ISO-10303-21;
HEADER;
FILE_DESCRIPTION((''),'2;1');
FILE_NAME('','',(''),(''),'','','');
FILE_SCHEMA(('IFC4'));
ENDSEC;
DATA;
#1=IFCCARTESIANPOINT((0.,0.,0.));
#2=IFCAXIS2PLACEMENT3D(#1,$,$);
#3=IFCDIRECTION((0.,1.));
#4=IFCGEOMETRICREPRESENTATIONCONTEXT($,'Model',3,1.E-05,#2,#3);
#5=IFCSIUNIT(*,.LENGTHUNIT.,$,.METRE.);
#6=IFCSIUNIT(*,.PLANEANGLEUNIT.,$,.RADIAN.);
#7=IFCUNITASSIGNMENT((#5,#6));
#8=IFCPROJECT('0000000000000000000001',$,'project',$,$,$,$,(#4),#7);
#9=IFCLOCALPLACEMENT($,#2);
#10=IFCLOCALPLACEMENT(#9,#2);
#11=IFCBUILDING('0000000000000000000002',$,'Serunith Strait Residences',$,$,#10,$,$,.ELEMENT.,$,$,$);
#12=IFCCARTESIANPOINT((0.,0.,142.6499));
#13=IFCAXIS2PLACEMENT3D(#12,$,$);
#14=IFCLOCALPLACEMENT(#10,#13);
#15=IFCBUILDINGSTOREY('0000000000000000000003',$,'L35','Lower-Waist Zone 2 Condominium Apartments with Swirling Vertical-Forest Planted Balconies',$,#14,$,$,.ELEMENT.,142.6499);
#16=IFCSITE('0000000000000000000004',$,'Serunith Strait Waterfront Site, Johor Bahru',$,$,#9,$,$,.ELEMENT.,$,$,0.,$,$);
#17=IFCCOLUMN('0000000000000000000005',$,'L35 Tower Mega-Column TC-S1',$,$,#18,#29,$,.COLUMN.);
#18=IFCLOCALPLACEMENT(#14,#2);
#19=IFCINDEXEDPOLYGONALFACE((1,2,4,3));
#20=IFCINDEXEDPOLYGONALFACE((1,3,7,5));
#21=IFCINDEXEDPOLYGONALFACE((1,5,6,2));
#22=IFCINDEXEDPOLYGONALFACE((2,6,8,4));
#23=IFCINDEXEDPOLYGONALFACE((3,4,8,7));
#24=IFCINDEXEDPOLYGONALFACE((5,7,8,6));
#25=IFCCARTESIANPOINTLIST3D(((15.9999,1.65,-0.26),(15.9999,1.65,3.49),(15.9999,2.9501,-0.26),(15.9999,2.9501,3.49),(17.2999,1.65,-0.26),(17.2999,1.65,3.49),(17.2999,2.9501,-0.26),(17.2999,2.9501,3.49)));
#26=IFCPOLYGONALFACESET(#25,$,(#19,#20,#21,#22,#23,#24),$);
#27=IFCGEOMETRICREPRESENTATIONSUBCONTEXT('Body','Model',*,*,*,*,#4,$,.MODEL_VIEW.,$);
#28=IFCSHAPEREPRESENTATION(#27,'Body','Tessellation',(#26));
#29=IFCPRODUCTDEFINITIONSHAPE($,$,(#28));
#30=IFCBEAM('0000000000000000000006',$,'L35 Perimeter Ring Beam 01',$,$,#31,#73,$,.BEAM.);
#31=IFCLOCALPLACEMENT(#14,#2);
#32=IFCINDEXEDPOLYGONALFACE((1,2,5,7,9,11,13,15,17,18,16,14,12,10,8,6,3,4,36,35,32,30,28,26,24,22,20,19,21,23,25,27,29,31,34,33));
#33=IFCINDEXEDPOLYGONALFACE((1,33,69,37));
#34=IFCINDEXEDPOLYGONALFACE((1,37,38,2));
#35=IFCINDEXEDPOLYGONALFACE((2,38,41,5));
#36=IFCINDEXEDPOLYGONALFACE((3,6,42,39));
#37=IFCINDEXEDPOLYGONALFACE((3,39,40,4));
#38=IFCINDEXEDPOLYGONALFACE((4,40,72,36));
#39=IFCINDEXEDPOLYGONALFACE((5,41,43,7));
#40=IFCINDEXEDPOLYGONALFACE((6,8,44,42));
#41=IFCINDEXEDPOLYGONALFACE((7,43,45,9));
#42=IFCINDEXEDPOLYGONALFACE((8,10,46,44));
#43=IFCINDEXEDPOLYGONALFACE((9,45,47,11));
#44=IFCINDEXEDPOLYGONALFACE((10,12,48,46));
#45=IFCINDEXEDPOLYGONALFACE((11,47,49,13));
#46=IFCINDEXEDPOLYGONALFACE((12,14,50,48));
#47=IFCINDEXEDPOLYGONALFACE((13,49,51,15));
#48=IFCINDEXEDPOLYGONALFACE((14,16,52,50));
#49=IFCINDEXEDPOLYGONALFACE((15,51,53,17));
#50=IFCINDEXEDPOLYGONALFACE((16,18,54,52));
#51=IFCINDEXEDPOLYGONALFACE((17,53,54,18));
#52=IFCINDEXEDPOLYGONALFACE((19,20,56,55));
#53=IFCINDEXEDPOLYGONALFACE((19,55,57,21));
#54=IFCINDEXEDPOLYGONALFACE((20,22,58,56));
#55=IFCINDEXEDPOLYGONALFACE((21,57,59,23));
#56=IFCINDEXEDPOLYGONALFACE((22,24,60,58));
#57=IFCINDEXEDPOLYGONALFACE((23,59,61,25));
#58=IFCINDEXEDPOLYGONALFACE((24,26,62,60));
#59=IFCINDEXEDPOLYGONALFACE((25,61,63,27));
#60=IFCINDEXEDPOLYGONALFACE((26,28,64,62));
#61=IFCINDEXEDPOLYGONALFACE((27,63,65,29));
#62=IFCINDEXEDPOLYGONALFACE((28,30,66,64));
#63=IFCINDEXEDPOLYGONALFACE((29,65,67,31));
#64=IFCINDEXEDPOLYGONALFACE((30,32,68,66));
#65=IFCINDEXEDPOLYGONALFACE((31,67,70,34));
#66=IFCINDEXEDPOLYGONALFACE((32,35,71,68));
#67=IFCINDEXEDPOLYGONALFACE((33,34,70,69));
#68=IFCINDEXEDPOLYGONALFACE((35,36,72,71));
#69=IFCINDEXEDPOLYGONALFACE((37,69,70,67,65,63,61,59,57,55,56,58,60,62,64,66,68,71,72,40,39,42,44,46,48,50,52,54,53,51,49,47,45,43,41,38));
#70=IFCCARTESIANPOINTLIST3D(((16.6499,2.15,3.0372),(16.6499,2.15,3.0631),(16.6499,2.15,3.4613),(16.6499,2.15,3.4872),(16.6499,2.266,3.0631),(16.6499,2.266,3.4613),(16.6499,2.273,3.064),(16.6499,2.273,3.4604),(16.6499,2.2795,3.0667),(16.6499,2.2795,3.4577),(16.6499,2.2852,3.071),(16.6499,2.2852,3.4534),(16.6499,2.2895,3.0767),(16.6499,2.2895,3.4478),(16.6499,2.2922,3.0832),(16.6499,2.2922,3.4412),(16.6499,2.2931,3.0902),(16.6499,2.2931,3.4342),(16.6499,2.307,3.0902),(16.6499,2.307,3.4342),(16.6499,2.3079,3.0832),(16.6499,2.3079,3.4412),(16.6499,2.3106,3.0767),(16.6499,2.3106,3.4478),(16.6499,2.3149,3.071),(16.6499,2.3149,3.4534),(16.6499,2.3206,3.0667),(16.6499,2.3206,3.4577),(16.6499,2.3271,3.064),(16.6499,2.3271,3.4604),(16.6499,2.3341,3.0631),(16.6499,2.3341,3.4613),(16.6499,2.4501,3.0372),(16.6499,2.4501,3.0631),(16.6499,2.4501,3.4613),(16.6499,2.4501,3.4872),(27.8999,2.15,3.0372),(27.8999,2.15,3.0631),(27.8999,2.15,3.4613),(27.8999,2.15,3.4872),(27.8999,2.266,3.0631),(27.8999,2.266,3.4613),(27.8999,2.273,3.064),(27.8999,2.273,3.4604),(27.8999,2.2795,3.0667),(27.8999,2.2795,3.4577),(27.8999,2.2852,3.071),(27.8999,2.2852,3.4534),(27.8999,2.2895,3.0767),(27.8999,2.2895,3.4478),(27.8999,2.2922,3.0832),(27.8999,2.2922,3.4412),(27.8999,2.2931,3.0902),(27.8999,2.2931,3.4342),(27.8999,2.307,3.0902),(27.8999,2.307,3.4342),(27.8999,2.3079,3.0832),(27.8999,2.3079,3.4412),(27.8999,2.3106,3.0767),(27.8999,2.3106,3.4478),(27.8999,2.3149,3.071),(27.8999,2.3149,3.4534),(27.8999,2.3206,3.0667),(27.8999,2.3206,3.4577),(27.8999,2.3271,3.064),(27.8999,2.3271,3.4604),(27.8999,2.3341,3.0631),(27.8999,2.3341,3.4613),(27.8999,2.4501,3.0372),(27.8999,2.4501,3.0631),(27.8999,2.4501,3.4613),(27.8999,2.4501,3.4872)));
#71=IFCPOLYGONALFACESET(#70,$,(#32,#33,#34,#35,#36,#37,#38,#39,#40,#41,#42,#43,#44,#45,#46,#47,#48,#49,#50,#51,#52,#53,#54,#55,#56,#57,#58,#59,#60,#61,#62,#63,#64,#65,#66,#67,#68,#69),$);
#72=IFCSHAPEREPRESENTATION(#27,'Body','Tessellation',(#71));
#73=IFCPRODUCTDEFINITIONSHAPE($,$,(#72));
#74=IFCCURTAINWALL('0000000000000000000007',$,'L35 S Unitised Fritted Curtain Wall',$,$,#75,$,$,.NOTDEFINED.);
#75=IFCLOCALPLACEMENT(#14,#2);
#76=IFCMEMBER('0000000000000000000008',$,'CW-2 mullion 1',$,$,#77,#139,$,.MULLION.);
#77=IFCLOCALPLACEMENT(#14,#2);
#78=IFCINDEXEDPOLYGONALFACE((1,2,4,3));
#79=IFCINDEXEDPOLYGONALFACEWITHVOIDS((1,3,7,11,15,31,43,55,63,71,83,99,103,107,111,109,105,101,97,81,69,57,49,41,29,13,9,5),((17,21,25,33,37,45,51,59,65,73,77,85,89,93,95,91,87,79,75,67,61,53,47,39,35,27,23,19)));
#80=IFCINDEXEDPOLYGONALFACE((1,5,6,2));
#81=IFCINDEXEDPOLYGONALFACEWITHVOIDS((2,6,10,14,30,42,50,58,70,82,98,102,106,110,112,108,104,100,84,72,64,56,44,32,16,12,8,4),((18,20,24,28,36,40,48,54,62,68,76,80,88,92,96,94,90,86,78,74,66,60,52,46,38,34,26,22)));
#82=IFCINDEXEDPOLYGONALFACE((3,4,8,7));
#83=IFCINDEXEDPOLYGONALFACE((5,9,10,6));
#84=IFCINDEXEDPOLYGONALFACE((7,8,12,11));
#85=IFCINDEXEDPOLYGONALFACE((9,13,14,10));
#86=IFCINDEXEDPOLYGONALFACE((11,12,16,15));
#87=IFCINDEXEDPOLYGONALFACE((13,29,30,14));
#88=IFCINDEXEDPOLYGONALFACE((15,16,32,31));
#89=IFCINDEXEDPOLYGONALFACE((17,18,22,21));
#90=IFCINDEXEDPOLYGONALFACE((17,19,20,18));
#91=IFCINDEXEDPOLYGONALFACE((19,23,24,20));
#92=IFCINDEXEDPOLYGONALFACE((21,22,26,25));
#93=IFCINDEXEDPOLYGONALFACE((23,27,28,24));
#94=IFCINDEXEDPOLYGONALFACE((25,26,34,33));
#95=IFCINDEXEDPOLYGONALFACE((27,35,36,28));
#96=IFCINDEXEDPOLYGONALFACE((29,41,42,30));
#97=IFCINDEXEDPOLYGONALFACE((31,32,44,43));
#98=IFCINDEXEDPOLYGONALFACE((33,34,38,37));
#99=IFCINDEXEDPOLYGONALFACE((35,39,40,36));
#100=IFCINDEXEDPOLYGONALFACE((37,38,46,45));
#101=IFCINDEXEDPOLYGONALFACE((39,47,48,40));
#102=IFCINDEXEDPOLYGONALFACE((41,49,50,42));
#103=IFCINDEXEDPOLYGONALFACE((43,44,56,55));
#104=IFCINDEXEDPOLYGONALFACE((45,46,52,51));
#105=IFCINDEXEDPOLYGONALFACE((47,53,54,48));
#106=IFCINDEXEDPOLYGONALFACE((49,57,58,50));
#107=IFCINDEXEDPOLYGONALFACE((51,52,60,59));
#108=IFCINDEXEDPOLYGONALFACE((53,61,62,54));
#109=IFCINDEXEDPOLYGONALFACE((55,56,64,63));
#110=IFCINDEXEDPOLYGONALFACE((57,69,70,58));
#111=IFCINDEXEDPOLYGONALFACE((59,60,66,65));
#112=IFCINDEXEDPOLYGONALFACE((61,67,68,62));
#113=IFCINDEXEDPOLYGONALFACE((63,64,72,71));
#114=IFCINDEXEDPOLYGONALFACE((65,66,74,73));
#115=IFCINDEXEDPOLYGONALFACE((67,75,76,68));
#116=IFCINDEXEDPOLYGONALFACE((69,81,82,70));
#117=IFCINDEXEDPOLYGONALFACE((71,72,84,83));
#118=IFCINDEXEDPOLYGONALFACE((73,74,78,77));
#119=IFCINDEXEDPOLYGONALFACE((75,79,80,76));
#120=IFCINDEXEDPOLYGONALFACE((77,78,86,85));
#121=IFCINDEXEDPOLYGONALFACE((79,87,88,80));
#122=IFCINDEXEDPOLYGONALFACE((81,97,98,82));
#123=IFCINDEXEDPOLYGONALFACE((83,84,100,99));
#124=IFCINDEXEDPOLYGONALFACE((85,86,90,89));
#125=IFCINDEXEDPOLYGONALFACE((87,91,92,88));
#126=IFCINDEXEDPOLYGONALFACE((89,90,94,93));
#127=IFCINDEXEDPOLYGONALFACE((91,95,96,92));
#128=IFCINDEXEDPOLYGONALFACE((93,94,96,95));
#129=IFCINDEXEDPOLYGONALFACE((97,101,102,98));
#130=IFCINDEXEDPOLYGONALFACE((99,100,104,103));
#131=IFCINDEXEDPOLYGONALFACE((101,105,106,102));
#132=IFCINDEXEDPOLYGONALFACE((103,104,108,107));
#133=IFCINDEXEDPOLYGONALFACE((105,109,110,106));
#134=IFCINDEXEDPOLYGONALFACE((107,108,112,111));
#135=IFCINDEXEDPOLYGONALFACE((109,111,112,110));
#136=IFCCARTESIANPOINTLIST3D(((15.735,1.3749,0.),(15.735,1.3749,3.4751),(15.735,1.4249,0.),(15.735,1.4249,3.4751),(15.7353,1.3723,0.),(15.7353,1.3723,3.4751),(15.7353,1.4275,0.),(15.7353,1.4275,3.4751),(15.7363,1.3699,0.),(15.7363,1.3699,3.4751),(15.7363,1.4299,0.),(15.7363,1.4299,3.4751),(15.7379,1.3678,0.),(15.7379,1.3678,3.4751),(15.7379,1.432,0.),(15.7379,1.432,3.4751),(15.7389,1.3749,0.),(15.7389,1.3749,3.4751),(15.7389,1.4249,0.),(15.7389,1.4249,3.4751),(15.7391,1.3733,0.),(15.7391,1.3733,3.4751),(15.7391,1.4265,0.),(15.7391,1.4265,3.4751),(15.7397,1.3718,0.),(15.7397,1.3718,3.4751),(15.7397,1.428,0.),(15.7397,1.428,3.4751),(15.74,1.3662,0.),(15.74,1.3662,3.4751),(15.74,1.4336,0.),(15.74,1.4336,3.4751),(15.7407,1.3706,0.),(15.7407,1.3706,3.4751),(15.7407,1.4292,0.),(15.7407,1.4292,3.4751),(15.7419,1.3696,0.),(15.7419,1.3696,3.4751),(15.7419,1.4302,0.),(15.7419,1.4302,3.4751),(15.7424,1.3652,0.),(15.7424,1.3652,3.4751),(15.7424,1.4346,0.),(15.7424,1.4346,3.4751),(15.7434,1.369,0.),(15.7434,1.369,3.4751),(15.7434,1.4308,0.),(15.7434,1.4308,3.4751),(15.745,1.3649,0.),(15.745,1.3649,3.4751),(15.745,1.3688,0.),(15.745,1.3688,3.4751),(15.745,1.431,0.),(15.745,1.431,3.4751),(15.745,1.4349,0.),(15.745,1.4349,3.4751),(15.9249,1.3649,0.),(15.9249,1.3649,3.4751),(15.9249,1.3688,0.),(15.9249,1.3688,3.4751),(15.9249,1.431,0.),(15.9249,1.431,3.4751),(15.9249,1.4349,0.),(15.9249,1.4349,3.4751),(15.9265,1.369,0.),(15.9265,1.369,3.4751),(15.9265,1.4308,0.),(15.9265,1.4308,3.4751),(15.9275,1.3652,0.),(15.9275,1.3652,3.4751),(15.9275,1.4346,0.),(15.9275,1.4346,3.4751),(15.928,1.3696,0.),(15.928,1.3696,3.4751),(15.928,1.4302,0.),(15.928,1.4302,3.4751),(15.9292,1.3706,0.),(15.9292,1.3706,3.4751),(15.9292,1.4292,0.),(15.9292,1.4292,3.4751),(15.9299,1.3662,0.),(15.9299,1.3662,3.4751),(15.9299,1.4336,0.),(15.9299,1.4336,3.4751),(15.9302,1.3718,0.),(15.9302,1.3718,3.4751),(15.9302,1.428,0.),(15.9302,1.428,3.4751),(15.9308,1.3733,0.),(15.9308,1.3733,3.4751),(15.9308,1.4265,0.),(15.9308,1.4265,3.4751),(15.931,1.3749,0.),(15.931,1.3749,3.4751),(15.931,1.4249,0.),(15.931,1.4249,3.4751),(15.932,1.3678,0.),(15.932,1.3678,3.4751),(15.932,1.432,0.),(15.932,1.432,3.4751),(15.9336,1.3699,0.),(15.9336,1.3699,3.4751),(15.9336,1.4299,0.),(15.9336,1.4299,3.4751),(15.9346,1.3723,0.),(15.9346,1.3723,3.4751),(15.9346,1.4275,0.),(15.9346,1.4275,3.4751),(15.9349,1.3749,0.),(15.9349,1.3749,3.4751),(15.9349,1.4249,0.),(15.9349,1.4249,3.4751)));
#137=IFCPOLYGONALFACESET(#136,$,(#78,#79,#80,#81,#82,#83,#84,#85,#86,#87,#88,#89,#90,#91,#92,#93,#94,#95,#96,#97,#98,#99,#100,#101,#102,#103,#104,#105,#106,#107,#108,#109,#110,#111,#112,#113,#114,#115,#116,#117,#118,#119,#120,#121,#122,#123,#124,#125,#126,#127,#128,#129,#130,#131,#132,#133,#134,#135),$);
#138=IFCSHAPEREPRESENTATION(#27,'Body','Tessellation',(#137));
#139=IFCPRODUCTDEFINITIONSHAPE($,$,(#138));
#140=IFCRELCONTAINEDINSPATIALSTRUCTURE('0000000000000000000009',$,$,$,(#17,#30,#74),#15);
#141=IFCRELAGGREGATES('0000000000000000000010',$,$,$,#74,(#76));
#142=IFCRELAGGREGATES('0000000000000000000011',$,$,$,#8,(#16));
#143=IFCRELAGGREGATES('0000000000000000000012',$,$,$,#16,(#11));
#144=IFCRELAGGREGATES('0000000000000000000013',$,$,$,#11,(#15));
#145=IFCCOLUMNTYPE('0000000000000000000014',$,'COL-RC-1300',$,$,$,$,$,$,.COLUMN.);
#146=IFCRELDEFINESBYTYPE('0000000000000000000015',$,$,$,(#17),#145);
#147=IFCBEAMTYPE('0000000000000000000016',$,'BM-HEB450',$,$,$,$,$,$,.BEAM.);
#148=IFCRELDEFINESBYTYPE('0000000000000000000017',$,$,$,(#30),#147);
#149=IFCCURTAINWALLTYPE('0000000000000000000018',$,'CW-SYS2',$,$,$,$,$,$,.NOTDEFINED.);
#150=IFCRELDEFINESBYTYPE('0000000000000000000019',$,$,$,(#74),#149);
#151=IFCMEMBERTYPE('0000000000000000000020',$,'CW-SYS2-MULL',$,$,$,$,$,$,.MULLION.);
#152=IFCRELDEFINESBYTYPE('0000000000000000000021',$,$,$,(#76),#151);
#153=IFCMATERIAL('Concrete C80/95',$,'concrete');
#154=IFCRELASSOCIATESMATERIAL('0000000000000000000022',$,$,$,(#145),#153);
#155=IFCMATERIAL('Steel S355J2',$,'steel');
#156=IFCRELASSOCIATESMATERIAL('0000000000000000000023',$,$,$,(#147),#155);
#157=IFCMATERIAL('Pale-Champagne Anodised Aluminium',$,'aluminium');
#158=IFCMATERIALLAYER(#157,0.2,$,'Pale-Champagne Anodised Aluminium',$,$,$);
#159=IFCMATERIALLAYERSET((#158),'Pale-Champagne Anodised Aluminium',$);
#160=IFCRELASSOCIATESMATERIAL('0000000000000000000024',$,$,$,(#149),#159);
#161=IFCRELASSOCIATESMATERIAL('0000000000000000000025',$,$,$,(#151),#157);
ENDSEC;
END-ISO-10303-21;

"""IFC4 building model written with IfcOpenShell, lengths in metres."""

from ifc_helpers import new_model, si_unit, direction, frame, origin, origin_2d, place, context, subcontext, project, spatial, rectangle, hollow_rectangle, i_section, extrude, source, transform, mapped, material, layer, layer_set, material_profile, profile_set, type_object, element, aggregate, save


model = new_model("IFC4")

# Units and contexts
model_context = context("Model", 3, precision=1e-05, world=origin(), true_north=direction((0.0, 1.0)))
body_context = subcontext(model_context, "Body", "Model", "MODEL_VIEW")
ifc_project = project(units=[si_unit("LENGTHUNIT", "METRE"), si_unit("PLANEANGLEUNIT", "RADIAN")], contexts=[model_context])

# Site, building, storey
site_placement = place(None, origin())
site = spatial("IfcSite", under=ifc_project, at=site_placement, Name="Serunith Strait Waterfront Site, Johor Bahru", CompositionType="ELEMENT", RefElevation=0.0)
building_placement = place(site_placement, origin())
building = spatial("IfcBuilding", under=site, at=building_placement, Name="Serunith Strait Residences", CompositionType="ELEMENT")
storey_placement = place(building_placement, frame((0.0, 0.0, 142.6499)))
storey = spatial("IfcBuildingStorey", under=building, at=storey_placement, Name="L35", Description="Lower-Waist Zone 2 Condominium Apartments with Swirling Vertical-Forest Planted Balconies", CompositionType="ELEMENT", Elevation=142.6499)

# Column
ifc_material_1 = material(Name="Concrete C80/95", Category="concrete")
ifc_material_profile_1 = material_profile(ifc_material_1, rectangle(XDim=1.3, YDim=1.3, at=origin_2d()), Name="RC 1300x1300")
ifc_profile_set_1 = profile_set([ifc_material_profile_1], Name="Concrete C80/95")
column_type = type_object("IfcColumnType", Name="COL-RC-1300", PredefinedType="COLUMN", material=ifc_profile_set_1)
shared_shape_1 = source(origin(), body_context, "Body", "SweptSolid", [
    extrude(rectangle(XDim=1.3, YDim=1.3, at=origin_2d()), origin(), (0.0, 0.0, 1.0), 3.75),
])
column_placement = place(storey_placement, frame((16.6499, 2.3, -0.26), z_axis=(0.0, 0.0, 1.0), x_axis=(1.0, 0.0, 0.0)))
element("IfcColumn", 1, at=column_placement, inside=storey, type_object=column_type, Name="L35 Tower Mega-Column TC-S1", PredefinedType="COLUMN", context=body_context, shape_type="MappedRepresentation", body=[
    mapped(shared_shape_1, transform((0.0, 0.0, 0.0), scale=1.0)),
])

# Beam
ifc_material_2 = material(Name="Steel S355J2", Category="steel")
ifc_material_profile_2 = material_profile(ifc_material_2, i_section(OverallWidth=0.3, OverallDepth=0.45, WebThickness=0.0139, FlangeThickness=0.0259, FilletRadius=0.0271, at=origin_2d()), Name="HEB 450")
ifc_profile_set_2 = profile_set([ifc_material_profile_2], Name="Steel S355J2")
beam_type = type_object("IfcBeamType", Name="BM-HEB450", PredefinedType="BEAM", material=ifc_profile_set_2)
shared_shape_2 = source(origin(), body_context, "Body", "SweptSolid", [
    extrude(i_section(OverallWidth=0.3, OverallDepth=0.45, WebThickness=0.0139, FlangeThickness=0.0259, FilletRadius=0.0271, at=origin_2d()), origin(), (0.0, 0.0, 1.0), 11.25),
])
beam_placement = place(storey_placement, frame((16.6499, 2.3, 3.2622), z_axis=(1.0, 0.0, 0.0), x_axis=(0.0, 1.0, 0.0)))
element("IfcBeam", 2, at=beam_placement, inside=storey, type_object=beam_type, Name="L35 Perimeter Ring Beam 01", PredefinedType="BEAM", context=body_context, shape_type="MappedRepresentation", body=[
    mapped(shared_shape_2, transform((0.0, 0.0, 0.0), scale=1.0)),
])

# Curtain wall, member
ifc_material_3 = material(Name="Pale-Champagne Anodised Aluminium", Category="aluminium")
ifc_layer_1 = layer(ifc_material_3, 0.2, Name="Pale-Champagne Anodised Aluminium")
ifc_layer_set_1 = layer_set([ifc_layer_1], Name="Pale-Champagne Anodised Aluminium")
curtain_wall_type = type_object("IfcCurtainWallType", Name="CW-SYS2", PredefinedType="NOTDEFINED", material=ifc_layer_set_1)
curtain_wall_1_placement = place(storey_placement, origin())
curtain_wall_1 = element("IfcCurtainWall", 3, at=curtain_wall_1_placement, inside=storey, type_object=curtain_wall_type, Name="L35 S Unitised Fritted Curtain Wall", PredefinedType="NOTDEFINED")
ifc_material_profile_3 = material_profile(ifc_material_3, hollow_rectangle(XDim=0.0701, YDim=0.2, WallThickness=0.0039, InnerFilletRadius=0.0061, OuterFilletRadius=0.01, at=origin_2d()), Name="ALU 200x70x4")
ifc_profile_set_3 = profile_set([ifc_material_profile_3], Name="Pale-Champagne Anodised Aluminium")
member_type_1 = type_object("IfcMemberType", Name="CW-SYS2-MULL", PredefinedType="MULLION", material=ifc_profile_set_3)
shared_shape_3 = source(origin(), body_context, "Body", "SweptSolid", [
    extrude(hollow_rectangle(XDim=0.0701, YDim=0.2, WallThickness=0.0039, InnerFilletRadius=0.0061, OuterFilletRadius=0.01, at=origin_2d()), origin(), (0.0, 0.0, 1.0), 3.4751),
])
member_1_placement = place(storey_placement, frame((15.835, 1.3999, 0.0), z_axis=(0.0, 0.0, 1.0), x_axis=(0.0, 1.0, 0.0)))
member_1 = element("IfcMember", 4, at=member_1_placement, type_object=member_type_1, Name="CW-2 mullion 1", PredefinedType="MULLION", context=body_context, shape_type="MappedRepresentation", body=[
    mapped(shared_shape_3, transform((0.0, 0.0, 0.0), scale=1.0)),
])

aggregate(curtain_wall_1, [member_1])

save(model, "model.ifc")
